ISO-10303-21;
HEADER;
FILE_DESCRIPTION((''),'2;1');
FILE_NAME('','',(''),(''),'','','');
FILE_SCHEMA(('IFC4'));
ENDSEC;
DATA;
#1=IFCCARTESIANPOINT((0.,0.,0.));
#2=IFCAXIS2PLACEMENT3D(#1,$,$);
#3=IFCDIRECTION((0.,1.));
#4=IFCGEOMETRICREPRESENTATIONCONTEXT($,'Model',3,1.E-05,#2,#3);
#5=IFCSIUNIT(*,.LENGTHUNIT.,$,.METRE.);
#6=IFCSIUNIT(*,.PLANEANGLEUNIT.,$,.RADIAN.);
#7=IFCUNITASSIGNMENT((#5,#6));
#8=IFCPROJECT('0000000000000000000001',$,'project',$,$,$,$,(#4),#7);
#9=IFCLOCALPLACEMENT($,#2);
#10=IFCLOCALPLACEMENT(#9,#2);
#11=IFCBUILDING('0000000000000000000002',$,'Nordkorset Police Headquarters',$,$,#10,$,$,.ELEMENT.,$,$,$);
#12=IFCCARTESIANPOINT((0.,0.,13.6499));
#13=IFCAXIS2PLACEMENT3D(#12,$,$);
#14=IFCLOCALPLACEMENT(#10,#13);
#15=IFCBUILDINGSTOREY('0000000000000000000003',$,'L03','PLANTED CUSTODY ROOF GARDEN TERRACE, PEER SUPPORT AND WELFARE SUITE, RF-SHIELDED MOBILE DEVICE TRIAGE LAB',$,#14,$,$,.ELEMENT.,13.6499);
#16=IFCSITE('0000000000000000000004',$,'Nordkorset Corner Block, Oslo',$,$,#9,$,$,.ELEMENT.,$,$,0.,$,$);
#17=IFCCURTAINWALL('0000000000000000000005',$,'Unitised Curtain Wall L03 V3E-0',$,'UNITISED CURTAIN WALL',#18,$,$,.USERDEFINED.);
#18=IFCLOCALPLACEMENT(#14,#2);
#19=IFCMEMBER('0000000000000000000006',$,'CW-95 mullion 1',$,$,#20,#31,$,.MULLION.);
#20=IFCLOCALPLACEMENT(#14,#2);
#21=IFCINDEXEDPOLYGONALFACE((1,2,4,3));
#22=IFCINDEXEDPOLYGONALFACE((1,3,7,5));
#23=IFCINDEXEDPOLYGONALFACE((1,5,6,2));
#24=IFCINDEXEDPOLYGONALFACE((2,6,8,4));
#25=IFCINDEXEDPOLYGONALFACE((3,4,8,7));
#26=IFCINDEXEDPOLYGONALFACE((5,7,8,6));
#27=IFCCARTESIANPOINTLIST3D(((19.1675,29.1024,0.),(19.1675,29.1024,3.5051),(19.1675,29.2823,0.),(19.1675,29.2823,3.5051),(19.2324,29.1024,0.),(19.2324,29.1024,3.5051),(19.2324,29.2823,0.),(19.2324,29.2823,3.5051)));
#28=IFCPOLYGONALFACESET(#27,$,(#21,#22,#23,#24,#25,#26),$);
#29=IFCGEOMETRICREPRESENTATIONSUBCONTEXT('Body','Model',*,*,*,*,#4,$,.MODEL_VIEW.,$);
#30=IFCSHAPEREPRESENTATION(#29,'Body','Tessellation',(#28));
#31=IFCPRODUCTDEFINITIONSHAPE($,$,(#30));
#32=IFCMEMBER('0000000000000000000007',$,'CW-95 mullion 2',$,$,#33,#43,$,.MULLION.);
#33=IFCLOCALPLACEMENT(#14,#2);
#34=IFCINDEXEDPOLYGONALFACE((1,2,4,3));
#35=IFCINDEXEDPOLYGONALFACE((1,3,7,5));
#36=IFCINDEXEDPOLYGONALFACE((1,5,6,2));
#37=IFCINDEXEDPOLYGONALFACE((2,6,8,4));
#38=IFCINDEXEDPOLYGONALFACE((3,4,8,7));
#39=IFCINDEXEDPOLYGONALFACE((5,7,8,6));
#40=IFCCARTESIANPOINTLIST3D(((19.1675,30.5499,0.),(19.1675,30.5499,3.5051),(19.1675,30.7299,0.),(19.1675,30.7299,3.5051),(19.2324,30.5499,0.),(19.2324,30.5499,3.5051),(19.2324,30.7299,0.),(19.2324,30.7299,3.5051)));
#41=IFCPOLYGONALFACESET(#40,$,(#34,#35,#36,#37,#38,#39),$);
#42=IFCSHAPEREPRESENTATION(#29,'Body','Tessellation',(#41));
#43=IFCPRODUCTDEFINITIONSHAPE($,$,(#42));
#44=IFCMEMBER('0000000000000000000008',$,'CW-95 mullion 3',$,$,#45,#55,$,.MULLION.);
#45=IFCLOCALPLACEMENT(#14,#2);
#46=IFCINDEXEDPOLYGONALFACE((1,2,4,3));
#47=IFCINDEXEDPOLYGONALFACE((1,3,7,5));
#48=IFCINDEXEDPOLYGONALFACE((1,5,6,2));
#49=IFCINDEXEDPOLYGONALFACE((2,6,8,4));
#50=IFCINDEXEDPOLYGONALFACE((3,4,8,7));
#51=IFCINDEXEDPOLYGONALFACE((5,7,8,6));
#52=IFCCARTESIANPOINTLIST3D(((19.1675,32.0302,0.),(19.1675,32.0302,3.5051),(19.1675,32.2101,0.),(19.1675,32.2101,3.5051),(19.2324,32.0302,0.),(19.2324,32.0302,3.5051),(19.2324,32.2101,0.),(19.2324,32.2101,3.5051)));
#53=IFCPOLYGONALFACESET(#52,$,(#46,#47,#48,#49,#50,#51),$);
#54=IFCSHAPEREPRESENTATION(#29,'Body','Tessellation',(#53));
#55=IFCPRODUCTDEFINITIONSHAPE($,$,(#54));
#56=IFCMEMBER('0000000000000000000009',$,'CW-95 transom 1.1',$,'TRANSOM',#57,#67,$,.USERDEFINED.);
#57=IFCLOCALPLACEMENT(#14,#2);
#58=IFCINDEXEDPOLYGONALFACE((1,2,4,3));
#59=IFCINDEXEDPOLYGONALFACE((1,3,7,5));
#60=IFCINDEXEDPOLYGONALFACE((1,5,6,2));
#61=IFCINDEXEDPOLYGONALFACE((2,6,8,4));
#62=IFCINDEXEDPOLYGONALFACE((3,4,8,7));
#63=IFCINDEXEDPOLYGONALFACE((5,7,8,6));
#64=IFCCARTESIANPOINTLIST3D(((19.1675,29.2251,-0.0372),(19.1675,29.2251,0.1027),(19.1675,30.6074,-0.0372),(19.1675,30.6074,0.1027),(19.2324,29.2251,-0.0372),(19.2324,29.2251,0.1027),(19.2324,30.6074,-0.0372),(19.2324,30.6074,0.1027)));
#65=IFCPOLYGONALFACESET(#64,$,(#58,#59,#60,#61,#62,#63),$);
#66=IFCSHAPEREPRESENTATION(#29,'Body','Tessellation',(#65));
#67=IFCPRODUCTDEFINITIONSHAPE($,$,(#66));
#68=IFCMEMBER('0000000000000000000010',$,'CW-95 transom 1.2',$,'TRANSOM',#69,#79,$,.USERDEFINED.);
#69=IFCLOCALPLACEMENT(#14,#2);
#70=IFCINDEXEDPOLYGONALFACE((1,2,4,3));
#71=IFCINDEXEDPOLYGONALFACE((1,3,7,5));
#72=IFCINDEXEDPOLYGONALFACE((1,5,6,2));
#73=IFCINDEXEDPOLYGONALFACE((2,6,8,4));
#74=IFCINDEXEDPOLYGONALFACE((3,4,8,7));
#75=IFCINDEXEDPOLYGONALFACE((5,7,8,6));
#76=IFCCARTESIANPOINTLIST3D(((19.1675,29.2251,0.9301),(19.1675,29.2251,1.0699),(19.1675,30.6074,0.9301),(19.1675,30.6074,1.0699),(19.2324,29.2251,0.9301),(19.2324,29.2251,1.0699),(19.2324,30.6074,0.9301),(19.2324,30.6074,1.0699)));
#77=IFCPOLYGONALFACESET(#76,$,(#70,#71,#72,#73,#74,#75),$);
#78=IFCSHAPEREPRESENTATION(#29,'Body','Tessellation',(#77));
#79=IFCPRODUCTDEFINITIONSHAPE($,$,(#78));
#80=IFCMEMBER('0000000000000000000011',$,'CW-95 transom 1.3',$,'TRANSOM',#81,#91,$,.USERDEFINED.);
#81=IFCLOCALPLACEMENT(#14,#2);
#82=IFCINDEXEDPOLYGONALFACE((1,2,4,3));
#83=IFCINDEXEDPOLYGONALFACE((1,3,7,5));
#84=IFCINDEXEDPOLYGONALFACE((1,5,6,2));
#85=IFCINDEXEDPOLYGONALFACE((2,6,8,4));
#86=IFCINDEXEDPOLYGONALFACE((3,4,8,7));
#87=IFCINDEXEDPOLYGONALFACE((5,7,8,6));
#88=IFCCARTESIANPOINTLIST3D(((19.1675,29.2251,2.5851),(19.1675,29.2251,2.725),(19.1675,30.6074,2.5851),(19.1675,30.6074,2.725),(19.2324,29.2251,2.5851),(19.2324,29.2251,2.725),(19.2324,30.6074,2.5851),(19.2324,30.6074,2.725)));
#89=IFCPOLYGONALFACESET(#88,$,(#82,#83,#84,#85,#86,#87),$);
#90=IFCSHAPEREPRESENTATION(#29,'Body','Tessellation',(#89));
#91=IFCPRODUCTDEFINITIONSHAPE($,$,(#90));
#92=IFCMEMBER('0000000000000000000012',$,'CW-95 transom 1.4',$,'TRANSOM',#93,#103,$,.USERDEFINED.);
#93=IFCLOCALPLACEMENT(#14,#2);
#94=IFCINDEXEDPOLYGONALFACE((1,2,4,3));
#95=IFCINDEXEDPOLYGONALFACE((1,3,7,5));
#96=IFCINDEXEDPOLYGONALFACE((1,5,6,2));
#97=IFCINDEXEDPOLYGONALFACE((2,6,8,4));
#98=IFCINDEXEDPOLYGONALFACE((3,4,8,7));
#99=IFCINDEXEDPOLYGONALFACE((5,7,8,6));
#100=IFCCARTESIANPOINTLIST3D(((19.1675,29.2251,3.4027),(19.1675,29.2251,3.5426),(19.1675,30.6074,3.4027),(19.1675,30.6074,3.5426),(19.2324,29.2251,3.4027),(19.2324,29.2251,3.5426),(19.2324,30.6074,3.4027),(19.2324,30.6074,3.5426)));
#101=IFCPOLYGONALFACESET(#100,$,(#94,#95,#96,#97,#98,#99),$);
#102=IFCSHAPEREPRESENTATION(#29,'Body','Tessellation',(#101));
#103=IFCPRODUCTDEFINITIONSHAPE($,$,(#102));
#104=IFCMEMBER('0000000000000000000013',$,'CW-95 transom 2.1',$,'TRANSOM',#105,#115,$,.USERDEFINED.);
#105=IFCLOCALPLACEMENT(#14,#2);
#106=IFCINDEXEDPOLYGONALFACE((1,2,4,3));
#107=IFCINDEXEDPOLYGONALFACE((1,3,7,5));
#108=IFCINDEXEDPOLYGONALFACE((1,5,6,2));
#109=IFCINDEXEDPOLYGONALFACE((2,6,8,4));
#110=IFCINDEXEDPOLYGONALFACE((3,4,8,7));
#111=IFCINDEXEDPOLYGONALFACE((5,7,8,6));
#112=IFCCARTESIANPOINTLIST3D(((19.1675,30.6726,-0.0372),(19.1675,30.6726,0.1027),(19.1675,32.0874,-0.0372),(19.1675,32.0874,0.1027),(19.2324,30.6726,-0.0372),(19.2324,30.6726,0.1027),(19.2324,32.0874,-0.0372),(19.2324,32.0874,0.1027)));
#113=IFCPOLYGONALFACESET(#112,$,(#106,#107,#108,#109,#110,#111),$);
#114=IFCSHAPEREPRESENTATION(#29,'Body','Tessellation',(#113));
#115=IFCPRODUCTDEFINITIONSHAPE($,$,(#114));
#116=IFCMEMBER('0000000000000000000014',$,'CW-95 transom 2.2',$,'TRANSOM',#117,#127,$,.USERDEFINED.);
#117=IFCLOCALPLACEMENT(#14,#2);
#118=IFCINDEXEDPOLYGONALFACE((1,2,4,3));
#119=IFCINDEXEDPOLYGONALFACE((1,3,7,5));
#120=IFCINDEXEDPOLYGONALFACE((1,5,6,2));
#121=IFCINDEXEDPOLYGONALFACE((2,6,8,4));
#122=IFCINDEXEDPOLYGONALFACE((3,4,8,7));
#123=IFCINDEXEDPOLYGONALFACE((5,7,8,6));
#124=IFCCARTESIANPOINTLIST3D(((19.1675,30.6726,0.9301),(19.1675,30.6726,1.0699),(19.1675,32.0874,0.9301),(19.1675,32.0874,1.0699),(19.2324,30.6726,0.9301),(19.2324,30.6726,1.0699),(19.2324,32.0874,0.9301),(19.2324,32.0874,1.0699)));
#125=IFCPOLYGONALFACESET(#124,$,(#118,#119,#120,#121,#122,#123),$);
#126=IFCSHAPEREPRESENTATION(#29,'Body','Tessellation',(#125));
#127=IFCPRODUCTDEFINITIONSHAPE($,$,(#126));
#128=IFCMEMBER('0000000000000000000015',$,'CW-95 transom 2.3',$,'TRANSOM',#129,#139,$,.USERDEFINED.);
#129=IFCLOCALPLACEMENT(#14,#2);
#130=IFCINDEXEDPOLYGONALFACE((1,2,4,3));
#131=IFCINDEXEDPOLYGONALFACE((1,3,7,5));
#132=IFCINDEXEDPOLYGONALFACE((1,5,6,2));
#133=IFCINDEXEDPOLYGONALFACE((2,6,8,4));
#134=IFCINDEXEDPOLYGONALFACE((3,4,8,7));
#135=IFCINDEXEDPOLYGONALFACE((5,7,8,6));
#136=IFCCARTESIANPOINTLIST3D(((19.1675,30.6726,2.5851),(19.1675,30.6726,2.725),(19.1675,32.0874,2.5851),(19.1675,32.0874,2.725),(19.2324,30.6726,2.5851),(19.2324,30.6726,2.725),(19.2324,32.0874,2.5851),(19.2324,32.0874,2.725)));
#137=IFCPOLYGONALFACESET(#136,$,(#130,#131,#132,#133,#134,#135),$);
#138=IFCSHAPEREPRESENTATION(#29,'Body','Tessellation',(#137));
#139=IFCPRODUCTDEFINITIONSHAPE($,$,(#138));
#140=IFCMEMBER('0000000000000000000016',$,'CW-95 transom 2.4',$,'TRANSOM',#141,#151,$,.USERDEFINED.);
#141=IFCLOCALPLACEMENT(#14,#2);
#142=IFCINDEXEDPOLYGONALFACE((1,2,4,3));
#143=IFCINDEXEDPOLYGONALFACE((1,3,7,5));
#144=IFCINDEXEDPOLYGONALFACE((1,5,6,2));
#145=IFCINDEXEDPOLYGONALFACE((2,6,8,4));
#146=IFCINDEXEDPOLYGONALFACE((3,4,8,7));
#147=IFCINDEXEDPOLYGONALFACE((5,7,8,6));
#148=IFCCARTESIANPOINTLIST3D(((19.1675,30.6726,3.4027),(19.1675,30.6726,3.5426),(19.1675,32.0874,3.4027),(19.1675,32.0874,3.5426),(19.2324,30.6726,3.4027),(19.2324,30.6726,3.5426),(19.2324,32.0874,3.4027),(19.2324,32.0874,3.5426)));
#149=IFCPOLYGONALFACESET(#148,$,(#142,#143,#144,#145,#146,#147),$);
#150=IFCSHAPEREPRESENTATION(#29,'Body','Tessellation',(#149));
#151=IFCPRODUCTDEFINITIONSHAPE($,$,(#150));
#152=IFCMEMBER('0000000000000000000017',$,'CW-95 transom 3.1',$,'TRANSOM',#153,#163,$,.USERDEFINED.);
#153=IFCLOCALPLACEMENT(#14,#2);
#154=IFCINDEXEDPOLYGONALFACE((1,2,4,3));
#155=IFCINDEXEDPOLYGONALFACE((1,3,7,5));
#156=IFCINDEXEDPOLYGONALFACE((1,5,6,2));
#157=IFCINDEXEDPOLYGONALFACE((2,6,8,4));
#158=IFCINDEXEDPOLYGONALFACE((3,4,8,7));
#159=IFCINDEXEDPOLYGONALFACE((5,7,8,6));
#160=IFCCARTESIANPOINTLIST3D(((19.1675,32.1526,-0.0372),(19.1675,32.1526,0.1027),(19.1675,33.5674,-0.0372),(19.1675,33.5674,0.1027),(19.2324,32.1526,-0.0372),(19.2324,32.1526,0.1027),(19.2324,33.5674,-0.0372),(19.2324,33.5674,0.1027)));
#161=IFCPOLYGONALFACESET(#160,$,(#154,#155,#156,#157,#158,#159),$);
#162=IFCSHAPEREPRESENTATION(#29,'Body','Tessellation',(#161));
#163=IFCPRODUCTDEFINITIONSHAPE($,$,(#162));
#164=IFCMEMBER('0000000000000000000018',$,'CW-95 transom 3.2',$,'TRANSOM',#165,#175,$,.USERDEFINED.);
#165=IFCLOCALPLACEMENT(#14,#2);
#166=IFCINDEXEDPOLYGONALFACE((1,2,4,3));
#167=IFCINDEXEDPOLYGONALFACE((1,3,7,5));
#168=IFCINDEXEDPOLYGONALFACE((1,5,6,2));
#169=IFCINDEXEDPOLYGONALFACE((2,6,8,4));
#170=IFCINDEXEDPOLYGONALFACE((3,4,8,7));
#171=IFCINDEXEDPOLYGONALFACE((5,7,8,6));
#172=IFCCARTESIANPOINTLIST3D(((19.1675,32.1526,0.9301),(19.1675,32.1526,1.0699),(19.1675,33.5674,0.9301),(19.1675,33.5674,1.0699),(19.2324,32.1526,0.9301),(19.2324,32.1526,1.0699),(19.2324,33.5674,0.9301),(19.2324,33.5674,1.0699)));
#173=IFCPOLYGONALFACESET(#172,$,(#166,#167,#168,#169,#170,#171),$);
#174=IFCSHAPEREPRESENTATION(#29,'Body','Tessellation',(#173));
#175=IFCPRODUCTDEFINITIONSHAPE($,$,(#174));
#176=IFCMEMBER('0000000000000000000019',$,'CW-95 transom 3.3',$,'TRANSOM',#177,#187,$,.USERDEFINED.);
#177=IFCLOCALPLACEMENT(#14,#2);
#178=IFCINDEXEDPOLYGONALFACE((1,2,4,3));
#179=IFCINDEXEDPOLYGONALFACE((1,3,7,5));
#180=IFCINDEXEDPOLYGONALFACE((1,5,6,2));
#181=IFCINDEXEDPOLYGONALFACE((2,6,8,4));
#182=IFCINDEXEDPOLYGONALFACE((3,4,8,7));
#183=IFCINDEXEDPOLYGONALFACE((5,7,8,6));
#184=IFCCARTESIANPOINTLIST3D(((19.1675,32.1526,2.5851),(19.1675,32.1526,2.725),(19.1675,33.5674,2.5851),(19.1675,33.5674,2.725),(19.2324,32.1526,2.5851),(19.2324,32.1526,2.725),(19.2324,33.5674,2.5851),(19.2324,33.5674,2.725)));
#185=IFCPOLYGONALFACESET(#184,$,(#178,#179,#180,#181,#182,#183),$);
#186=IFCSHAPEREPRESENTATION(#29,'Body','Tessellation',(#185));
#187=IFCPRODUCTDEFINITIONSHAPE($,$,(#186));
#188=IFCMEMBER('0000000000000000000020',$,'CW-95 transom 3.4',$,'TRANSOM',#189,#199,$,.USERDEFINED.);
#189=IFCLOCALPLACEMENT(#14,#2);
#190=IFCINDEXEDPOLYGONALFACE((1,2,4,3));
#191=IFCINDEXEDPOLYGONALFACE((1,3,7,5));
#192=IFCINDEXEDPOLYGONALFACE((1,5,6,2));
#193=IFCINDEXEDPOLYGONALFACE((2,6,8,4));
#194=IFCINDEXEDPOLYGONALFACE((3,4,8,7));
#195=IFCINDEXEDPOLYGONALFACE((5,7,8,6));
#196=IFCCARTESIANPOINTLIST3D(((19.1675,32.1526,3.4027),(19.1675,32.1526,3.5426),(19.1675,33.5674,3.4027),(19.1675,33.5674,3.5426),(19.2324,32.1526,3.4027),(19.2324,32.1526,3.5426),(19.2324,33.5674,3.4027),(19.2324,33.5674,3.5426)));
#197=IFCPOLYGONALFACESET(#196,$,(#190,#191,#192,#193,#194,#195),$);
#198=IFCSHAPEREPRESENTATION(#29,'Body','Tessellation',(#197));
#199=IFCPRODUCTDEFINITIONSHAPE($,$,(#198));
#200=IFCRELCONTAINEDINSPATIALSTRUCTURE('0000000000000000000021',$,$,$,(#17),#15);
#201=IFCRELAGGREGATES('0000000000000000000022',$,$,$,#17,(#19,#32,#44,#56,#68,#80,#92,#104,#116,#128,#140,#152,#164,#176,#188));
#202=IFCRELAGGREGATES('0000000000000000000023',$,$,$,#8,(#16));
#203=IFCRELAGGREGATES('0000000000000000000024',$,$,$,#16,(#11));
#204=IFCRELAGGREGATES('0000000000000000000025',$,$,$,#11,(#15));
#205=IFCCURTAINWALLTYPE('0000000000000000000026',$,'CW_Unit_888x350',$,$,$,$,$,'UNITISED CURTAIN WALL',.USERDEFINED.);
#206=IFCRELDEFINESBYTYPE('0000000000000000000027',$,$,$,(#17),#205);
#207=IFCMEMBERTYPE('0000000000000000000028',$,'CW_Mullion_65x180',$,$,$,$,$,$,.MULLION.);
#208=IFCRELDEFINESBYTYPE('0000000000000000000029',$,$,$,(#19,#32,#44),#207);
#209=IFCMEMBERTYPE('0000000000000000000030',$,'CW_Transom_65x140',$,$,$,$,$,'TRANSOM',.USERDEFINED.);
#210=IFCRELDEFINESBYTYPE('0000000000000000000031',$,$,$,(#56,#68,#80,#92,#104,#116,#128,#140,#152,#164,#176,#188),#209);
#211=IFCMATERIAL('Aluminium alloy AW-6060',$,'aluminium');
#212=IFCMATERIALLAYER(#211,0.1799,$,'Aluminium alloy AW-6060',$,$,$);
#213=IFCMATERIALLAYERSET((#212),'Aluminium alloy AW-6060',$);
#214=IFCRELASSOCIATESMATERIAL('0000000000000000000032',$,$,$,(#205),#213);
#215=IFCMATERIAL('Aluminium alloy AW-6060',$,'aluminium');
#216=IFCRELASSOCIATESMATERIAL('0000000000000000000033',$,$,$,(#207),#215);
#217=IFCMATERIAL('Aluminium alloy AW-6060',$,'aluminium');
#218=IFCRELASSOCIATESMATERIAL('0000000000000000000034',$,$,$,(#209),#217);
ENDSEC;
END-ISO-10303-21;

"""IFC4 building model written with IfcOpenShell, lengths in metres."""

from ifc_helpers import new_model, si_unit, direction, frame, origin, origin_2d, place, context, subcontext, project, spatial, rectangle, extrude, material, layer, layer_set, material_profile, profile_set, type_object, element, aggregate, save


model = new_model("IFC4")

# Units and contexts
model_context = context("Model", 3, precision=1e-05, world=origin(), true_north=direction((0.0, 1.0)))
body_context = subcontext(model_context, "Body", "Model", "MODEL_VIEW")
ifc_project = project(units=[si_unit("LENGTHUNIT", "METRE"), si_unit("PLANEANGLEUNIT", "RADIAN")], contexts=[model_context])

# Site, building, storey
site_placement = place(None, origin())
site = spatial("IfcSite", under=ifc_project, at=site_placement, Name="Nordkorset Corner Block, Oslo", CompositionType="ELEMENT", RefElevation=0.0)
building_placement = place(site_placement, origin())
building = spatial("IfcBuilding", under=site, at=building_placement, Name="Nordkorset Police Headquarters", CompositionType="ELEMENT")
storey_placement = place(building_placement, frame((0.0, 0.0, 13.6499)))
storey = spatial("IfcBuildingStorey", under=building, at=storey_placement, Name="L03", Description="PLANTED CUSTODY ROOF GARDEN TERRACE, PEER SUPPORT AND WELFARE SUITE, RF-SHIELDED MOBILE DEVICE TRIAGE LAB", CompositionType="ELEMENT", Elevation=13.6499)

# Curtain wall, members
ifc_material_1 = material(Name="Aluminium alloy AW-6060", Category="aluminium")
ifc_layer_1 = layer(ifc_material_1, 0.1799, Name="Aluminium alloy AW-6060")
ifc_layer_set_1 = layer_set([ifc_layer_1], Name="Aluminium alloy AW-6060")
curtain_wall_type = type_object("IfcCurtainWallType", Name="CW_Unit_888x350", ElementType="UNITISED CURTAIN WALL", PredefinedType="USERDEFINED", material=ifc_layer_set_1)
curtain_wall_placement = place(storey_placement, origin())
curtain_wall = element("IfcCurtainWall", 1, at=curtain_wall_placement, inside=storey, type_object=curtain_wall_type, Name="Unitised Curtain Wall L03 V3E-0", ObjectType="UNITISED CURTAIN WALL", PredefinedType="USERDEFINED")
ifc_material_2 = material(Name="Aluminium alloy AW-6060", Category="aluminium")
ifc_material_profile_1 = material_profile(ifc_material_2, rectangle(XDim=0.0649, YDim=0.1799, at=origin_2d()), Name="ALU MULL 65x180")
ifc_profile_set_1 = profile_set([ifc_material_profile_1], Name="Aluminium alloy AW-6060")
member_type_1 = type_object("IfcMemberType", Name="CW_Mullion_65x180", PredefinedType="MULLION", material=ifc_profile_set_1)
member_1_placement = place(storey_placement, frame((19.2, 29.1924, 0.0), z_axis=(0.0, 0.0, 1.0), x_axis=(-1.0, 0.0, 0.0)))
member_1 = element("IfcMember", 2, at=member_1_placement, type_object=member_type_1, Name="CW-95 mullion 1", PredefinedType="MULLION", context=body_context, shape_type="SweptSolid", body=[
    extrude(rectangle(XDim=0.0649, YDim=0.1799, at=origin_2d()), origin(), (0.0, 0.0, 1.0), 3.5051),
])
member_2_placement = place(storey_placement, frame((19.2, 30.6399, 0.0), z_axis=(0.0, 0.0, 1.0), x_axis=(-1.0, 0.0, 0.0)))
member_2 = element("IfcMember", 3, at=member_2_placement, type_object=member_type_1, Name="CW-95 mullion 2", PredefinedType="MULLION", context=body_context, shape_type="SweptSolid", body=[
    extrude(rectangle(XDim=0.0649, YDim=0.1799, at=origin_2d()), origin(), (0.0, 0.0, 1.0), 3.5051),
])
member_3_placement = place(storey_placement, frame((19.2, 32.1201, 0.0), z_axis=(0.0, 0.0, 1.0), x_axis=(-1.0, 0.0, 0.0)))
member_3 = element("IfcMember", 4, at=member_3_placement, type_object=member_type_1, Name="CW-95 mullion 3", PredefinedType="MULLION", context=body_context, shape_type="SweptSolid", body=[
    extrude(rectangle(XDim=0.0649, YDim=0.1799, at=origin_2d()), origin(), (0.0, 0.0, 1.0), 3.5051),
])
ifc_material_3 = material(Name="Aluminium alloy AW-6060", Category="aluminium")
ifc_material_profile_2 = material_profile(ifc_material_3, rectangle(XDim=0.0649, YDim=0.1399, at=origin_2d()), Name="ALU TRAN 65x140")
ifc_profile_set_2 = profile_set([ifc_material_profile_2], Name="Aluminium alloy AW-6060")
member_type_2 = type_object("IfcMemberType", Name="CW_Transom_65x140", ElementType="TRANSOM", PredefinedType="USERDEFINED", material=ifc_profile_set_2)
member_4_placement = place(storey_placement, frame((19.2, 29.2251, 0.0327), z_axis=(0.0, 1.0, 0.0), x_axis=(-1.0, 0.0, 0.0)))
member_4 = element("IfcMember", 5, at=member_4_placement, type_object=member_type_2, Name="CW-95 transom 1.1", ObjectType="TRANSOM", PredefinedType="USERDEFINED", context=body_context, shape_type="SweptSolid", body=[
    extrude(rectangle(XDim=0.0649, YDim=0.1399, at=origin_2d()), origin(), (0.0, 0.0, 1.0), 1.3823),
])
member_5_placement = place(storey_placement, frame((19.2, 29.2251, 1.0), z_axis=(0.0, 1.0, 0.0), x_axis=(-1.0, 0.0, 0.0)))
member_5 = element("IfcMember", 6, at=member_5_placement, type_object=member_type_2, Name="CW-95 transom 1.2", ObjectType="TRANSOM", PredefinedType="USERDEFINED", context=body_context, shape_type="SweptSolid", body=[
    extrude(rectangle(XDim=0.0649, YDim=0.1399, at=origin_2d()), origin(), (0.0, 0.0, 1.0), 1.3823),
])
member_6_placement = place(storey_placement, frame((19.2, 29.2251, 2.655), z_axis=(0.0, 1.0, 0.0), x_axis=(-1.0, 0.0, 0.0)))
member_6 = element("IfcMember", 7, at=member_6_placement, type_object=member_type_2, Name="CW-95 transom 1.3", ObjectType="TRANSOM", PredefinedType="USERDEFINED", context=body_context, shape_type="SweptSolid", body=[
    extrude(rectangle(XDim=0.0649, YDim=0.1399, at=origin_2d()), origin(), (0.0, 0.0, 1.0), 1.3823),
])
member_7_placement = place(storey_placement, frame((19.2, 29.2251, 3.4727), z_axis=(0.0, 1.0, 0.0), x_axis=(-1.0, 0.0, 0.0)))
member_7 = element("IfcMember", 8, at=member_7_placement, type_object=member_type_2, Name="CW-95 transom 1.4", ObjectType="TRANSOM", PredefinedType="USERDEFINED", context=body_context, shape_type="SweptSolid", body=[
    extrude(rectangle(XDim=0.0649, YDim=0.1399, at=origin_2d()), origin(), (0.0, 0.0, 1.0), 1.3823),
])
member_8_placement = place(storey_placement, frame((19.2, 30.6726, 0.0327), z_axis=(0.0, 1.0, 0.0), x_axis=(-1.0, 0.0, 0.0)))
member_8 = element("IfcMember", 9, at=member_8_placement, type_object=member_type_2, Name="CW-95 transom 2.1", ObjectType="TRANSOM", PredefinedType="USERDEFINED", context=body_context, shape_type="SweptSolid", body=[
    extrude(rectangle(XDim=0.0649, YDim=0.1399, at=origin_2d()), origin(), (0.0, 0.0, 1.0), 1.4148),
])
member_9_placement = place(storey_placement, frame((19.2, 30.6726, 1.0), z_axis=(0.0, 1.0, 0.0), x_axis=(-1.0, 0.0, 0.0)))
member_9 = element("IfcMember", 10, at=member_9_placement, type_object=member_type_2, Name="CW-95 transom 2.2", ObjectType="TRANSOM", PredefinedType="USERDEFINED", context=body_context, shape_type="SweptSolid", body=[
    extrude(rectangle(XDim=0.0649, YDim=0.1399, at=origin_2d()), origin(), (0.0, 0.0, 1.0), 1.4148),
])
member_10_placement = place(storey_placement, frame((19.2, 30.6726, 2.655), z_axis=(0.0, 1.0, 0.0), x_axis=(-1.0, 0.0, 0.0)))
member_10 = element("IfcMember", 11, at=member_10_placement, type_object=member_type_2, Name="CW-95 transom 2.3", ObjectType="TRANSOM", PredefinedType="USERDEFINED", context=body_context, shape_type="SweptSolid", body=[
    extrude(rectangle(XDim=0.0649, YDim=0.1399, at=origin_2d()), origin(), (0.0, 0.0, 1.0), 1.4148),
])
member_11_placement = place(storey_placement, frame((19.2, 30.6726, 3.4727), z_axis=(0.0, 1.0, 0.0), x_axis=(-1.0, 0.0, 0.0)))
member_11 = element("IfcMember", 12, at=member_11_placement, type_object=member_type_2, Name="CW-95 transom 2.4", ObjectType="TRANSOM", PredefinedType="USERDEFINED", context=body_context, shape_type="SweptSolid", body=[
    extrude(rectangle(XDim=0.0649, YDim=0.1399, at=origin_2d()), origin(), (0.0, 0.0, 1.0), 1.4148),
])
member_12_placement = place(storey_placement, frame((19.2, 32.1526, 0.0327), z_axis=(0.0, 1.0, 0.0), x_axis=(-1.0, 0.0, 0.0)))
member_12 = element("IfcMember", 13, at=member_12_placement, type_object=member_type_2, Name="CW-95 transom 3.1", ObjectType="TRANSOM", PredefinedType="USERDEFINED", context=body_context, shape_type="SweptSolid", body=[
    extrude(rectangle(XDim=0.0649, YDim=0.1399, at=origin_2d()), origin(), (0.0, 0.0, 1.0), 1.4148),
])
member_13_placement = place(storey_placement, frame((19.2, 32.1526, 1.0), z_axis=(0.0, 1.0, 0.0), x_axis=(-1.0, 0.0, 0.0)))
member_13 = element("IfcMember", 14, at=member_13_placement, type_object=member_type_2, Name="CW-95 transom 3.2", ObjectType="TRANSOM", PredefinedType="USERDEFINED", context=body_context, shape_type="SweptSolid", body=[
    extrude(rectangle(XDim=0.0649, YDim=0.1399, at=origin_2d()), origin(), (0.0, 0.0, 1.0), 1.4148),
])
member_14_placement = place(storey_placement, frame((19.2, 32.1526, 2.655), z_axis=(0.0, 1.0, 0.0), x_axis=(-1.0, 0.0, 0.0)))
member_14 = element("IfcMember", 15, at=member_14_placement, type_object=member_type_2, Name="CW-95 transom 3.3", ObjectType="TRANSOM", PredefinedType="USERDEFINED", context=body_context, shape_type="SweptSolid", body=[
    extrude(rectangle(XDim=0.0649, YDim=0.1399, at=origin_2d()), origin(), (0.0, 0.0, 1.0), 1.4148),
])
member_15_placement = place(storey_placement, frame((19.2, 32.1526, 3.4727), z_axis=(0.0, 1.0, 0.0), x_axis=(-1.0, 0.0, 0.0)))
member_15 = element("IfcMember", 16, at=member_15_placement, type_object=member_type_2, Name="CW-95 transom 3.4", ObjectType="TRANSOM", PredefinedType="USERDEFINED", context=body_context, shape_type="SweptSolid", body=[
    extrude(rectangle(XDim=0.0649, YDim=0.1399, at=origin_2d()), origin(), (0.0, 0.0, 1.0), 1.4148),
])

aggregate(curtain_wall, [member_1, member_2, member_3, member_4, member_5, member_6, member_7, member_8, member_9, member_10, member_11, member_12, member_13, member_14, member_15])

save(model, "model.ifc")
